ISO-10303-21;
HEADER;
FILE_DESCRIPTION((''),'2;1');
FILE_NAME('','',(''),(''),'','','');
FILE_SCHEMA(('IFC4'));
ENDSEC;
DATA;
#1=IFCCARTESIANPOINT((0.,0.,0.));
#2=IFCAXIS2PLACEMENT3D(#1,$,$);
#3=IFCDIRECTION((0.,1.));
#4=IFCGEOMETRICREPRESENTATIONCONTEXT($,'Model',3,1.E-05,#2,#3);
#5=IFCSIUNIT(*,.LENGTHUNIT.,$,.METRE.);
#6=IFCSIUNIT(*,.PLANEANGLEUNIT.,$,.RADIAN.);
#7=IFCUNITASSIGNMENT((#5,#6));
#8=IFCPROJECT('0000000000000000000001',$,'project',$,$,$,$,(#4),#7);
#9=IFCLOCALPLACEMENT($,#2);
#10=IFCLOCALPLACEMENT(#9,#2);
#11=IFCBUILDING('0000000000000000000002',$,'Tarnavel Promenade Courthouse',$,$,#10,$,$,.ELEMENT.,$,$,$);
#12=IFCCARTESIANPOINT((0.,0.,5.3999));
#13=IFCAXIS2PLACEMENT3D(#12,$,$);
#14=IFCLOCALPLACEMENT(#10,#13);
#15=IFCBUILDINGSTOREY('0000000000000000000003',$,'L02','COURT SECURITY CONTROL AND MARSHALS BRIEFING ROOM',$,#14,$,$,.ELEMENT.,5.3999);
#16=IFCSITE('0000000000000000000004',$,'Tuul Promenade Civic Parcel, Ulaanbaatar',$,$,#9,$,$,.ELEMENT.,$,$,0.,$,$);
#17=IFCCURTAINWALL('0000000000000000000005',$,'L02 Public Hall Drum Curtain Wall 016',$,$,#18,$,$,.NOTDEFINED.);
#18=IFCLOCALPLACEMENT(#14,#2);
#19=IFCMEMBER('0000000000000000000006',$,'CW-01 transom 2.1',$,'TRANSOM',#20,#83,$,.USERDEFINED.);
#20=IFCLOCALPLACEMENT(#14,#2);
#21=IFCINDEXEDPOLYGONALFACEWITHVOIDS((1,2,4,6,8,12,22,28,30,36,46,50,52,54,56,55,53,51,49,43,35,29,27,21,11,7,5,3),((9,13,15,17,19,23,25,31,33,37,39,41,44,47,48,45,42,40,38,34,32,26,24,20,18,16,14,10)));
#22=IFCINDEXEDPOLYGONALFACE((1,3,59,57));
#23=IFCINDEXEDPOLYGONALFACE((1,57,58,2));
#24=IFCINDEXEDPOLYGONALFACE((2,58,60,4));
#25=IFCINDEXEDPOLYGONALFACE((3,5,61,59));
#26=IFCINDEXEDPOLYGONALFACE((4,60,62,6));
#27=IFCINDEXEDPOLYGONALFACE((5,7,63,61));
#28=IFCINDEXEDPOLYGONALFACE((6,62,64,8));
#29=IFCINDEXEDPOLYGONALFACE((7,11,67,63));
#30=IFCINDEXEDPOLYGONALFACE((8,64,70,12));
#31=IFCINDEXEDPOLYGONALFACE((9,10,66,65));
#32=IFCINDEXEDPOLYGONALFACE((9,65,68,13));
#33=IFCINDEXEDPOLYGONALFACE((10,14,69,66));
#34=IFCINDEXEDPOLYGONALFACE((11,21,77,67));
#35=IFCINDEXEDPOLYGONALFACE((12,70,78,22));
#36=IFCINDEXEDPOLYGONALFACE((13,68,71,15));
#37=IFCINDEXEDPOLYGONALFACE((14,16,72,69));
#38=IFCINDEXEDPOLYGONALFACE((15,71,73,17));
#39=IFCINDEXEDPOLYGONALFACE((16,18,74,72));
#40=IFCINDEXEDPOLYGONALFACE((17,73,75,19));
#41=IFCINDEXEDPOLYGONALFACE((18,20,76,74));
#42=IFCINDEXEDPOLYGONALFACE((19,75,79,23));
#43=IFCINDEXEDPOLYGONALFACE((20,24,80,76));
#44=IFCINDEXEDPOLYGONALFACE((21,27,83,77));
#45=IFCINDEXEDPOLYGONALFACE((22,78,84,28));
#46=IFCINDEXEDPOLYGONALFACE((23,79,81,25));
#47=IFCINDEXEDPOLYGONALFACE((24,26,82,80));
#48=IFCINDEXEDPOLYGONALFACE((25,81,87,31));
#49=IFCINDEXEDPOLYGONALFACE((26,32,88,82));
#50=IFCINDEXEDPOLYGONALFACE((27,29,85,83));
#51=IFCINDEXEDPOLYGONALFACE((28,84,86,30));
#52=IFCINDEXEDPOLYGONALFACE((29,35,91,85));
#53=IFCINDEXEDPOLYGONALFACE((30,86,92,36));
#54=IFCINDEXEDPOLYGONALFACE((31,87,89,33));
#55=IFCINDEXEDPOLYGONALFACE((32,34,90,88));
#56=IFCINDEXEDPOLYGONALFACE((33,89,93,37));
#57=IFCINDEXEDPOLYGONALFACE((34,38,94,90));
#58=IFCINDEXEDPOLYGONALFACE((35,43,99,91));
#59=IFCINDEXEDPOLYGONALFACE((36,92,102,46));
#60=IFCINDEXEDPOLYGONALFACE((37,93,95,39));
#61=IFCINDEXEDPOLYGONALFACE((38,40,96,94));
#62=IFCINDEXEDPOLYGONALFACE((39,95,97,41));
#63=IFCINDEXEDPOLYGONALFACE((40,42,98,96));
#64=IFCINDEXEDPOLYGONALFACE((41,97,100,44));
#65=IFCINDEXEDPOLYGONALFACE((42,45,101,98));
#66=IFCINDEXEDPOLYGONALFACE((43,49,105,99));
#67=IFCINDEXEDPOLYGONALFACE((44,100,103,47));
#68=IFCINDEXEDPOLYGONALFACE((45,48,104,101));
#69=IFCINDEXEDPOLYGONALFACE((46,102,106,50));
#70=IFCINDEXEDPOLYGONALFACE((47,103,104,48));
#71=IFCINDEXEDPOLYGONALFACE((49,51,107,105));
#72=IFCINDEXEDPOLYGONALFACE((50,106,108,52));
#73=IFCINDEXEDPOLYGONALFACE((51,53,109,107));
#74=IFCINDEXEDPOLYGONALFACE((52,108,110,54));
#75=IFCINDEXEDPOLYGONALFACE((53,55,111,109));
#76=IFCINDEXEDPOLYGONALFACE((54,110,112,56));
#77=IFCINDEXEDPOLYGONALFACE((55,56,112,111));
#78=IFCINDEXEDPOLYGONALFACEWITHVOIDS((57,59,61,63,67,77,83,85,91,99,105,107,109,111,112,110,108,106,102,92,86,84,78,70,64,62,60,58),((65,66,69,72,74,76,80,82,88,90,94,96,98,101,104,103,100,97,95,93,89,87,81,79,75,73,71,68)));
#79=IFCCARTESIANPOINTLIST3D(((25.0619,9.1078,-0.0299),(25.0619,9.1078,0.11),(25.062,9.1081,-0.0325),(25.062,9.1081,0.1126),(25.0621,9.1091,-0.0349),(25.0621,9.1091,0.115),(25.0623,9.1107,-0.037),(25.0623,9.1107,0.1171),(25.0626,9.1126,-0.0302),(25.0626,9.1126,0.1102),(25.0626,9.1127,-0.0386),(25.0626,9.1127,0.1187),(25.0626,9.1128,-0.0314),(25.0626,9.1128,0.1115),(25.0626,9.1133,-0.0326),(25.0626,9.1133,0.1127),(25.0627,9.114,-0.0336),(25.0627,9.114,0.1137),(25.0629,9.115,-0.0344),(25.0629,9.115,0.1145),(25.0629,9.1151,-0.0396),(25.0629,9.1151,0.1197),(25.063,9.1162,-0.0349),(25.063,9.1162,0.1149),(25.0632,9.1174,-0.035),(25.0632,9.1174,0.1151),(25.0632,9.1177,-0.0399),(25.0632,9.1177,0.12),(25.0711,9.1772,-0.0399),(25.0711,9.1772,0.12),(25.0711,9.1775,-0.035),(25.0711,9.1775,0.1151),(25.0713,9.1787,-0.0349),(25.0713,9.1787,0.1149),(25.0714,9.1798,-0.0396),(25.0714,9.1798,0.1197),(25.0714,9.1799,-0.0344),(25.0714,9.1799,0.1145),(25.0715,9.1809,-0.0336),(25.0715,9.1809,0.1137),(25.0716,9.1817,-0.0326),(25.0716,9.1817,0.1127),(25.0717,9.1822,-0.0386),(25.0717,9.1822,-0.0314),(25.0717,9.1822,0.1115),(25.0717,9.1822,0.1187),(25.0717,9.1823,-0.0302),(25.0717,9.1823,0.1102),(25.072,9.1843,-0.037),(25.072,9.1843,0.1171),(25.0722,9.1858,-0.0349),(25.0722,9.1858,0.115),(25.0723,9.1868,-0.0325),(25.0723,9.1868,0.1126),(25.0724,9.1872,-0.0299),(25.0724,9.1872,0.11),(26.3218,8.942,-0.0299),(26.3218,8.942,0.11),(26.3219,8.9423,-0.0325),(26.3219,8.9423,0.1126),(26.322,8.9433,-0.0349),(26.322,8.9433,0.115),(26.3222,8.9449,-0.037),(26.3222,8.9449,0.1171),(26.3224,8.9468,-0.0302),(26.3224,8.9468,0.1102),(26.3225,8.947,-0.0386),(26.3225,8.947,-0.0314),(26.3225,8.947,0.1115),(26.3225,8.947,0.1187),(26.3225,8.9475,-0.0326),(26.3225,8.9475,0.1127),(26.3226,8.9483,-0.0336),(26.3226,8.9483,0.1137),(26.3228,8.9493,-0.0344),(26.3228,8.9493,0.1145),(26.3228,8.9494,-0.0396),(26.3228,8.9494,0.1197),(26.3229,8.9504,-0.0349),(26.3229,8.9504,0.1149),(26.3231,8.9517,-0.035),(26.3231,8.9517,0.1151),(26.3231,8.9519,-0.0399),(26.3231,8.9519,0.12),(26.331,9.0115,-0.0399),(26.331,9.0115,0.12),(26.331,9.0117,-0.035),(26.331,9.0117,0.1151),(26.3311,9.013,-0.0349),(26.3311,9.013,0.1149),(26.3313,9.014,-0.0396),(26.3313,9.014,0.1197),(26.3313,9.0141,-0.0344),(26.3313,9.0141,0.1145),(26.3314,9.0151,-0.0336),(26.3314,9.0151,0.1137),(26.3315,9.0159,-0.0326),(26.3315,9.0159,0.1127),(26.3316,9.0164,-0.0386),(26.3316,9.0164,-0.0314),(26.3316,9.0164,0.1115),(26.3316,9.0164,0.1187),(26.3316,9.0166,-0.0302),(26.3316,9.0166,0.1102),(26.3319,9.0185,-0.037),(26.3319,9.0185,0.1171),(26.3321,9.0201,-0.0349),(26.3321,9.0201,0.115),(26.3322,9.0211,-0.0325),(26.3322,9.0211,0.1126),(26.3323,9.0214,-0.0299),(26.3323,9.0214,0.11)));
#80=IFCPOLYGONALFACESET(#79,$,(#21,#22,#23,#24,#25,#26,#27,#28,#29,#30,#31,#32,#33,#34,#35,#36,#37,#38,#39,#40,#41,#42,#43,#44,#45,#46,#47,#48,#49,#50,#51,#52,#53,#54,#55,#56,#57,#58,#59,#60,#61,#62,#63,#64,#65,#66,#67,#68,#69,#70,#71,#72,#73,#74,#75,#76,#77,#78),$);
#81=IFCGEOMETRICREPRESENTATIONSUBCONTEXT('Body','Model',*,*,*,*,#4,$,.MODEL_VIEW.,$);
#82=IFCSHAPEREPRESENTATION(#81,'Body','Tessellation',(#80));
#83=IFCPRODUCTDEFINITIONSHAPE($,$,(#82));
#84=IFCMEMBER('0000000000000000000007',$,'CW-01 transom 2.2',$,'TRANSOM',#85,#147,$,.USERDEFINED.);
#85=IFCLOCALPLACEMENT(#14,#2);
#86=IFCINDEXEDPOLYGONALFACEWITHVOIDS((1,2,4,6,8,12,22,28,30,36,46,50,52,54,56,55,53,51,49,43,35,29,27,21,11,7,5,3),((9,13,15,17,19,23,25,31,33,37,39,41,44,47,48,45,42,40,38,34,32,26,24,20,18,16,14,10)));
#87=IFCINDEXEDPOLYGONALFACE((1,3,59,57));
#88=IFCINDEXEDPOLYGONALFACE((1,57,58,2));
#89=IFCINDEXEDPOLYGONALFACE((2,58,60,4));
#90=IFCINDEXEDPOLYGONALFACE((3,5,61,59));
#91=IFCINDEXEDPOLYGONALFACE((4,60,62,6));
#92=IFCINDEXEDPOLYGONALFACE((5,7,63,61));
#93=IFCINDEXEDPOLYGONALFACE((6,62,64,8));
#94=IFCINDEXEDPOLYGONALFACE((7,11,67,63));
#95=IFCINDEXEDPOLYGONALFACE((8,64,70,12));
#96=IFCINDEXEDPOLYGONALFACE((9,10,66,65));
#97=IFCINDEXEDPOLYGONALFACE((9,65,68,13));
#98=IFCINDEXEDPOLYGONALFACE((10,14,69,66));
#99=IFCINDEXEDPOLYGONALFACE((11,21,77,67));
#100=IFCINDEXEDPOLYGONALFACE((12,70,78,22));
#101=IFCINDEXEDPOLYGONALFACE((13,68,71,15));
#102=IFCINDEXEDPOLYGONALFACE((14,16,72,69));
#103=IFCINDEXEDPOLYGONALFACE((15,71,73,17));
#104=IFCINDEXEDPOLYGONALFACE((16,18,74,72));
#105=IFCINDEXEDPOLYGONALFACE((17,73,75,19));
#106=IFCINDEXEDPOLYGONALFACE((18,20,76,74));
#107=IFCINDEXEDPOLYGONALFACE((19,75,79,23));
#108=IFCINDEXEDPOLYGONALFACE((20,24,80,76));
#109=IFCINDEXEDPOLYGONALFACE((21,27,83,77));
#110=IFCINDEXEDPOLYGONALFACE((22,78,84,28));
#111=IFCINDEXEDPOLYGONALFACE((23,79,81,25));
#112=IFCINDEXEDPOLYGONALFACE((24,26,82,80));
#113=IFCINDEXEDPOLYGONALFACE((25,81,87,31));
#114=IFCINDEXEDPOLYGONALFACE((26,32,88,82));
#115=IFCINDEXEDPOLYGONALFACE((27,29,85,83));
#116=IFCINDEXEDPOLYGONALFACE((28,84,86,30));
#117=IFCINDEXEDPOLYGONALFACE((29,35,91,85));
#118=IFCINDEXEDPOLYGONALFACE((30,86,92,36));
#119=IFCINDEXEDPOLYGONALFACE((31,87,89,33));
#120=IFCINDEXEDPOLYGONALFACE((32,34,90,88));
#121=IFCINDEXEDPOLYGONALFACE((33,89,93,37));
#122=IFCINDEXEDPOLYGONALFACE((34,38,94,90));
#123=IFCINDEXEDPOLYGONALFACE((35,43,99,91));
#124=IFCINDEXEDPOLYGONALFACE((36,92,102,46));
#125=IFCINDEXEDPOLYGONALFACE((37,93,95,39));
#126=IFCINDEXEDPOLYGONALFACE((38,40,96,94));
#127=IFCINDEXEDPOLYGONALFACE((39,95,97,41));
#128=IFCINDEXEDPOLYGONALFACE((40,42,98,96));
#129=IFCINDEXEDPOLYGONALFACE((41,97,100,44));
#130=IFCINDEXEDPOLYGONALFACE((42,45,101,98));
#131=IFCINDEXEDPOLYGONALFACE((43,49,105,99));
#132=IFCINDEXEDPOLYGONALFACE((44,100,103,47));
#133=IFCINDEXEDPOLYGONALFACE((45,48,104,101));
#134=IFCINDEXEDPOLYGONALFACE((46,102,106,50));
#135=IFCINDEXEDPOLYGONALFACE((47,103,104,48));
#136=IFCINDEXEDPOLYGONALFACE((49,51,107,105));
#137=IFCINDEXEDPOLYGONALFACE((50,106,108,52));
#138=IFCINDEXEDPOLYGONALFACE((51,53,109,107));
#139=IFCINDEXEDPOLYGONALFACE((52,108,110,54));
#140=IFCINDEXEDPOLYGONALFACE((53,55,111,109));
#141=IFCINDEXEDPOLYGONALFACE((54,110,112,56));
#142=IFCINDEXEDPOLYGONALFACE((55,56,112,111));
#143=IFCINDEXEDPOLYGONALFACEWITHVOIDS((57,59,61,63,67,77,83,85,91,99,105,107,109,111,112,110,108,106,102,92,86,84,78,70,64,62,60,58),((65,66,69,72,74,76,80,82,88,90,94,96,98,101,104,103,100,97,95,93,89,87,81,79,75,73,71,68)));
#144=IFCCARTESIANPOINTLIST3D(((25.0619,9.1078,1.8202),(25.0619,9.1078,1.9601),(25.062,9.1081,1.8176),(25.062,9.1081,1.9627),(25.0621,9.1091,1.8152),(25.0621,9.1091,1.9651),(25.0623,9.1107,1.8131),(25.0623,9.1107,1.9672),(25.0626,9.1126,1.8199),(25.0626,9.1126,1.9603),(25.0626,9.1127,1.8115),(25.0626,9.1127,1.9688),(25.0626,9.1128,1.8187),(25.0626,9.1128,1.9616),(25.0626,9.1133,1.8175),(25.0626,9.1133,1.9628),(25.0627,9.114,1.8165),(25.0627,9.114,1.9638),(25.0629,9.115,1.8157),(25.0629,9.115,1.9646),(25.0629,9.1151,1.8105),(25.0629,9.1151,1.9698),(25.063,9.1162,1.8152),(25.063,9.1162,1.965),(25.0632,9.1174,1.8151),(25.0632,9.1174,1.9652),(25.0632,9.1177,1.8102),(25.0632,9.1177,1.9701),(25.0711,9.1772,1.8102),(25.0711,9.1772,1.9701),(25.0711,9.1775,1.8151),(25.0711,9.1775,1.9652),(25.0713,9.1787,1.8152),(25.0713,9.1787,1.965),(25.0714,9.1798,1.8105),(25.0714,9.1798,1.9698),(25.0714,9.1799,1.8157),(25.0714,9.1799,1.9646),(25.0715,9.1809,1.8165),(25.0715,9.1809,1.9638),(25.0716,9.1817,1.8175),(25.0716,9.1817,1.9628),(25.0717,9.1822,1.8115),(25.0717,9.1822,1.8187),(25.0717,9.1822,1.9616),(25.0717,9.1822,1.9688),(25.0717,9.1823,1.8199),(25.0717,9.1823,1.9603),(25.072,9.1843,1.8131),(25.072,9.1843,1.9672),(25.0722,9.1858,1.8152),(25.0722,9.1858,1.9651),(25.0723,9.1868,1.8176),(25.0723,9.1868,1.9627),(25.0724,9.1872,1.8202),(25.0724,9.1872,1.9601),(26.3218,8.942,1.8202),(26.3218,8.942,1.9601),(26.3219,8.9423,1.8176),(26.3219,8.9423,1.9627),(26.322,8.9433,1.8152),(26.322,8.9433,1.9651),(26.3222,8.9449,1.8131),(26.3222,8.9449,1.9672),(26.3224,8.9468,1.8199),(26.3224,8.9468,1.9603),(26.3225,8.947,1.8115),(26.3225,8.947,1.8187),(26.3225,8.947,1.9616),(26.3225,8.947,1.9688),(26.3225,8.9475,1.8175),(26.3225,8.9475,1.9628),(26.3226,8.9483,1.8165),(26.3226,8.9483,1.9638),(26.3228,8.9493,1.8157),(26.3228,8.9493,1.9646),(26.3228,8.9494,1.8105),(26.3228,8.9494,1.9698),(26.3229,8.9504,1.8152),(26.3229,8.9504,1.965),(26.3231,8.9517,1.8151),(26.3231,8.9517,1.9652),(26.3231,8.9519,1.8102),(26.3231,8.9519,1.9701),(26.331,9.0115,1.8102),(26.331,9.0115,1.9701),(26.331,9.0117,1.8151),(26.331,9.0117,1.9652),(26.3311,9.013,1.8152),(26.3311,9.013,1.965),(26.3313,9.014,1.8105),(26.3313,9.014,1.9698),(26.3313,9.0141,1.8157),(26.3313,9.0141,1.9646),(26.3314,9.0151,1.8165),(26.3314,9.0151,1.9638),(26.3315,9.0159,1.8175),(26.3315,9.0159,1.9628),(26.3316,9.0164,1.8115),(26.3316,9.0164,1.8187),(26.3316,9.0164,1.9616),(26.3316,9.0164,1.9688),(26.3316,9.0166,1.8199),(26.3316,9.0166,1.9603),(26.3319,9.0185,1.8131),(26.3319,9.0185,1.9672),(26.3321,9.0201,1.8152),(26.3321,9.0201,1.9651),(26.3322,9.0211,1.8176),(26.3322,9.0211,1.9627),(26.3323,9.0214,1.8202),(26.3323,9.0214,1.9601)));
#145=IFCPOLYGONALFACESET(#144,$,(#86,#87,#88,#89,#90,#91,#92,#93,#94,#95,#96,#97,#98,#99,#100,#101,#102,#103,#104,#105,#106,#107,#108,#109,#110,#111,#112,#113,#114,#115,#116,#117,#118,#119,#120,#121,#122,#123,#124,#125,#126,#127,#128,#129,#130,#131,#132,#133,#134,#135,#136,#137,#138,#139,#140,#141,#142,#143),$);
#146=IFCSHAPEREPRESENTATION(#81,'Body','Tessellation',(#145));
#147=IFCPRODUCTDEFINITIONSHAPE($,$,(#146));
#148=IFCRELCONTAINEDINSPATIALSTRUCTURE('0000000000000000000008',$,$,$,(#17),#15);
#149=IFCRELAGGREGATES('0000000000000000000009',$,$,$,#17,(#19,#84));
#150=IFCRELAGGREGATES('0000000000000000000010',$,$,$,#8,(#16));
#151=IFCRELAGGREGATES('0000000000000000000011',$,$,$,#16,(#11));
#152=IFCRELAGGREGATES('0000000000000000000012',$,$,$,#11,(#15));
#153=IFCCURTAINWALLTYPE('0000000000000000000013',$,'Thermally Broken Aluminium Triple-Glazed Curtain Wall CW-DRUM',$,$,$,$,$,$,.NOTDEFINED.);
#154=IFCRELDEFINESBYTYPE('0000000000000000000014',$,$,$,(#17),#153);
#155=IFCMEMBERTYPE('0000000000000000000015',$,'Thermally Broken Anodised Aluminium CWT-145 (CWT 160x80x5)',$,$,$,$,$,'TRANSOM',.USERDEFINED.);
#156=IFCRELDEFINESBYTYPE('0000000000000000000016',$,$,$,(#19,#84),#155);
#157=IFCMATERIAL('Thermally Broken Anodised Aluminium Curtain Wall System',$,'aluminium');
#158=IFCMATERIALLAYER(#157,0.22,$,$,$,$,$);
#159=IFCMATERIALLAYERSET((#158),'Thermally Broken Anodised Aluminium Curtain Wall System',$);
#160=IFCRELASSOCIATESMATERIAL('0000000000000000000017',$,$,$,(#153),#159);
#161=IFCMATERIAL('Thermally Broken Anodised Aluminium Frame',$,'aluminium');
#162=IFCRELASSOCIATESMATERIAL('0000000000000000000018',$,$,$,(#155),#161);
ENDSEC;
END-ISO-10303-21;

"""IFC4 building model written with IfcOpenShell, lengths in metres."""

from ifc_helpers import new_model, si_unit, direction, frame, origin, origin_2d, place, context, subcontext, project, spatial, hollow_rectangle, extrude, material, layer, layer_set, material_profile, profile_set, type_object, element, aggregate, save


model = new_model("IFC4")

# Units and contexts
model_context = context("Model", 3, precision=1e-05, world=origin(), true_north=direction((0.0, 1.0)))
body_context = subcontext(model_context, "Body", "Model", "MODEL_VIEW")
ifc_project = project(units=[si_unit("LENGTHUNIT", "METRE"), si_unit("PLANEANGLEUNIT", "RADIAN")], contexts=[model_context])

# Site, building, storey
site_placement = place(None, origin())
site = spatial("IfcSite", under=ifc_project, at=site_placement, Name="Tuul Promenade Civic Parcel, Ulaanbaatar", CompositionType="ELEMENT", RefElevation=0.0)
building_placement = place(site_placement, origin())
building = spatial("IfcBuilding", under=site, at=building_placement, Name="Tarnavel Promenade Courthouse", CompositionType="ELEMENT")
storey_placement = place(building_placement, frame((0.0, 0.0, 5.3999)))
storey = spatial("IfcBuildingStorey", under=building, at=storey_placement, Name="L02", Description="COURT SECURITY CONTROL AND MARSHALS BRIEFING ROOM", CompositionType="ELEMENT", Elevation=5.3999)

# Curtain wall
ifc_material_1 = material(Name="Thermally Broken Anodised Aluminium Curtain Wall System", Category="aluminium")
ifc_layer_1 = layer(ifc_material_1, 0.22)
ifc_layer_set_1 = layer_set([ifc_layer_1], Name="Thermally Broken Anodised Aluminium Curtain Wall System")
curtain_wall_type = type_object("IfcCurtainWallType", Name="Thermally Broken Aluminium Triple-Glazed Curtain Wall CW-DRUM", PredefinedType="NOTDEFINED", material=ifc_layer_set_1)
ifc_material_2 = material(Name="Thermally Broken Anodised Aluminium Frame", Category="aluminium")
curtain_wall_1_placement = place(storey_placement, origin())
curtain_wall_1 = element("IfcCurtainWall", 1, at=curtain_wall_1_placement, inside=storey, type_object=curtain_wall_type, Name="L02 Public Hall Drum Curtain Wall 016", PredefinedType="NOTDEFINED")

# Members
ifc_material_profile_1 = material_profile(ifc_material_2, hollow_rectangle(XDim=0.0801, YDim=0.1599, WallThickness=0.0049, InnerFilletRadius=0.0049, OuterFilletRadius=0.01, at=origin_2d()), Name="CWT 160x80x5")
ifc_profile_set_1 = profile_set([ifc_material_profile_1], Name="Thermally Broken Anodised Aluminium Frame")
member_type_1 = type_object("IfcMemberType", Name="Thermally Broken Anodised Aluminium CWT-145 (CWT 160x80x5)", ElementType="TRANSOM", PredefinedType="USERDEFINED", material=ifc_profile_set_1)
member_1_placement = place(storey_placement, frame((25.0671, 9.1475, 0.04), z_axis=(0.991456, -0.13044, 0.0), x_axis=(0.13044, 0.991456, 0.0)))
member_1 = element("IfcMember", 2, at=member_1_placement, type_object=member_type_1, Name="CW-01 transom 2.1", ObjectType="TRANSOM", PredefinedType="USERDEFINED", context=body_context, shape_type="SweptSolid", body=[
    extrude(hollow_rectangle(XDim=0.0801, YDim=0.1599, WallThickness=0.0049, InnerFilletRadius=0.0049, OuterFilletRadius=0.01, at=origin_2d()), origin(), (0.0, 0.0, 1.0), 1.2708),
])
member_2_placement = place(storey_placement, frame((25.0671, 9.1475, 1.8901), z_axis=(0.991456, -0.13044, 0.0), x_axis=(0.13044, 0.991456, 0.0)))
member_2 = element("IfcMember", 3, at=member_2_placement, type_object=member_type_1, Name="CW-01 transom 2.2", ObjectType="TRANSOM", PredefinedType="USERDEFINED", context=body_context, shape_type="SweptSolid", body=[
    extrude(hollow_rectangle(XDim=0.0801, YDim=0.1599, WallThickness=0.0049, InnerFilletRadius=0.0049, OuterFilletRadius=0.01, at=origin_2d()), origin(), (0.0, 0.0, 1.0), 1.2708),
])

aggregate(curtain_wall_1, [member_1, member_2])

save(model, "model.ifc")
